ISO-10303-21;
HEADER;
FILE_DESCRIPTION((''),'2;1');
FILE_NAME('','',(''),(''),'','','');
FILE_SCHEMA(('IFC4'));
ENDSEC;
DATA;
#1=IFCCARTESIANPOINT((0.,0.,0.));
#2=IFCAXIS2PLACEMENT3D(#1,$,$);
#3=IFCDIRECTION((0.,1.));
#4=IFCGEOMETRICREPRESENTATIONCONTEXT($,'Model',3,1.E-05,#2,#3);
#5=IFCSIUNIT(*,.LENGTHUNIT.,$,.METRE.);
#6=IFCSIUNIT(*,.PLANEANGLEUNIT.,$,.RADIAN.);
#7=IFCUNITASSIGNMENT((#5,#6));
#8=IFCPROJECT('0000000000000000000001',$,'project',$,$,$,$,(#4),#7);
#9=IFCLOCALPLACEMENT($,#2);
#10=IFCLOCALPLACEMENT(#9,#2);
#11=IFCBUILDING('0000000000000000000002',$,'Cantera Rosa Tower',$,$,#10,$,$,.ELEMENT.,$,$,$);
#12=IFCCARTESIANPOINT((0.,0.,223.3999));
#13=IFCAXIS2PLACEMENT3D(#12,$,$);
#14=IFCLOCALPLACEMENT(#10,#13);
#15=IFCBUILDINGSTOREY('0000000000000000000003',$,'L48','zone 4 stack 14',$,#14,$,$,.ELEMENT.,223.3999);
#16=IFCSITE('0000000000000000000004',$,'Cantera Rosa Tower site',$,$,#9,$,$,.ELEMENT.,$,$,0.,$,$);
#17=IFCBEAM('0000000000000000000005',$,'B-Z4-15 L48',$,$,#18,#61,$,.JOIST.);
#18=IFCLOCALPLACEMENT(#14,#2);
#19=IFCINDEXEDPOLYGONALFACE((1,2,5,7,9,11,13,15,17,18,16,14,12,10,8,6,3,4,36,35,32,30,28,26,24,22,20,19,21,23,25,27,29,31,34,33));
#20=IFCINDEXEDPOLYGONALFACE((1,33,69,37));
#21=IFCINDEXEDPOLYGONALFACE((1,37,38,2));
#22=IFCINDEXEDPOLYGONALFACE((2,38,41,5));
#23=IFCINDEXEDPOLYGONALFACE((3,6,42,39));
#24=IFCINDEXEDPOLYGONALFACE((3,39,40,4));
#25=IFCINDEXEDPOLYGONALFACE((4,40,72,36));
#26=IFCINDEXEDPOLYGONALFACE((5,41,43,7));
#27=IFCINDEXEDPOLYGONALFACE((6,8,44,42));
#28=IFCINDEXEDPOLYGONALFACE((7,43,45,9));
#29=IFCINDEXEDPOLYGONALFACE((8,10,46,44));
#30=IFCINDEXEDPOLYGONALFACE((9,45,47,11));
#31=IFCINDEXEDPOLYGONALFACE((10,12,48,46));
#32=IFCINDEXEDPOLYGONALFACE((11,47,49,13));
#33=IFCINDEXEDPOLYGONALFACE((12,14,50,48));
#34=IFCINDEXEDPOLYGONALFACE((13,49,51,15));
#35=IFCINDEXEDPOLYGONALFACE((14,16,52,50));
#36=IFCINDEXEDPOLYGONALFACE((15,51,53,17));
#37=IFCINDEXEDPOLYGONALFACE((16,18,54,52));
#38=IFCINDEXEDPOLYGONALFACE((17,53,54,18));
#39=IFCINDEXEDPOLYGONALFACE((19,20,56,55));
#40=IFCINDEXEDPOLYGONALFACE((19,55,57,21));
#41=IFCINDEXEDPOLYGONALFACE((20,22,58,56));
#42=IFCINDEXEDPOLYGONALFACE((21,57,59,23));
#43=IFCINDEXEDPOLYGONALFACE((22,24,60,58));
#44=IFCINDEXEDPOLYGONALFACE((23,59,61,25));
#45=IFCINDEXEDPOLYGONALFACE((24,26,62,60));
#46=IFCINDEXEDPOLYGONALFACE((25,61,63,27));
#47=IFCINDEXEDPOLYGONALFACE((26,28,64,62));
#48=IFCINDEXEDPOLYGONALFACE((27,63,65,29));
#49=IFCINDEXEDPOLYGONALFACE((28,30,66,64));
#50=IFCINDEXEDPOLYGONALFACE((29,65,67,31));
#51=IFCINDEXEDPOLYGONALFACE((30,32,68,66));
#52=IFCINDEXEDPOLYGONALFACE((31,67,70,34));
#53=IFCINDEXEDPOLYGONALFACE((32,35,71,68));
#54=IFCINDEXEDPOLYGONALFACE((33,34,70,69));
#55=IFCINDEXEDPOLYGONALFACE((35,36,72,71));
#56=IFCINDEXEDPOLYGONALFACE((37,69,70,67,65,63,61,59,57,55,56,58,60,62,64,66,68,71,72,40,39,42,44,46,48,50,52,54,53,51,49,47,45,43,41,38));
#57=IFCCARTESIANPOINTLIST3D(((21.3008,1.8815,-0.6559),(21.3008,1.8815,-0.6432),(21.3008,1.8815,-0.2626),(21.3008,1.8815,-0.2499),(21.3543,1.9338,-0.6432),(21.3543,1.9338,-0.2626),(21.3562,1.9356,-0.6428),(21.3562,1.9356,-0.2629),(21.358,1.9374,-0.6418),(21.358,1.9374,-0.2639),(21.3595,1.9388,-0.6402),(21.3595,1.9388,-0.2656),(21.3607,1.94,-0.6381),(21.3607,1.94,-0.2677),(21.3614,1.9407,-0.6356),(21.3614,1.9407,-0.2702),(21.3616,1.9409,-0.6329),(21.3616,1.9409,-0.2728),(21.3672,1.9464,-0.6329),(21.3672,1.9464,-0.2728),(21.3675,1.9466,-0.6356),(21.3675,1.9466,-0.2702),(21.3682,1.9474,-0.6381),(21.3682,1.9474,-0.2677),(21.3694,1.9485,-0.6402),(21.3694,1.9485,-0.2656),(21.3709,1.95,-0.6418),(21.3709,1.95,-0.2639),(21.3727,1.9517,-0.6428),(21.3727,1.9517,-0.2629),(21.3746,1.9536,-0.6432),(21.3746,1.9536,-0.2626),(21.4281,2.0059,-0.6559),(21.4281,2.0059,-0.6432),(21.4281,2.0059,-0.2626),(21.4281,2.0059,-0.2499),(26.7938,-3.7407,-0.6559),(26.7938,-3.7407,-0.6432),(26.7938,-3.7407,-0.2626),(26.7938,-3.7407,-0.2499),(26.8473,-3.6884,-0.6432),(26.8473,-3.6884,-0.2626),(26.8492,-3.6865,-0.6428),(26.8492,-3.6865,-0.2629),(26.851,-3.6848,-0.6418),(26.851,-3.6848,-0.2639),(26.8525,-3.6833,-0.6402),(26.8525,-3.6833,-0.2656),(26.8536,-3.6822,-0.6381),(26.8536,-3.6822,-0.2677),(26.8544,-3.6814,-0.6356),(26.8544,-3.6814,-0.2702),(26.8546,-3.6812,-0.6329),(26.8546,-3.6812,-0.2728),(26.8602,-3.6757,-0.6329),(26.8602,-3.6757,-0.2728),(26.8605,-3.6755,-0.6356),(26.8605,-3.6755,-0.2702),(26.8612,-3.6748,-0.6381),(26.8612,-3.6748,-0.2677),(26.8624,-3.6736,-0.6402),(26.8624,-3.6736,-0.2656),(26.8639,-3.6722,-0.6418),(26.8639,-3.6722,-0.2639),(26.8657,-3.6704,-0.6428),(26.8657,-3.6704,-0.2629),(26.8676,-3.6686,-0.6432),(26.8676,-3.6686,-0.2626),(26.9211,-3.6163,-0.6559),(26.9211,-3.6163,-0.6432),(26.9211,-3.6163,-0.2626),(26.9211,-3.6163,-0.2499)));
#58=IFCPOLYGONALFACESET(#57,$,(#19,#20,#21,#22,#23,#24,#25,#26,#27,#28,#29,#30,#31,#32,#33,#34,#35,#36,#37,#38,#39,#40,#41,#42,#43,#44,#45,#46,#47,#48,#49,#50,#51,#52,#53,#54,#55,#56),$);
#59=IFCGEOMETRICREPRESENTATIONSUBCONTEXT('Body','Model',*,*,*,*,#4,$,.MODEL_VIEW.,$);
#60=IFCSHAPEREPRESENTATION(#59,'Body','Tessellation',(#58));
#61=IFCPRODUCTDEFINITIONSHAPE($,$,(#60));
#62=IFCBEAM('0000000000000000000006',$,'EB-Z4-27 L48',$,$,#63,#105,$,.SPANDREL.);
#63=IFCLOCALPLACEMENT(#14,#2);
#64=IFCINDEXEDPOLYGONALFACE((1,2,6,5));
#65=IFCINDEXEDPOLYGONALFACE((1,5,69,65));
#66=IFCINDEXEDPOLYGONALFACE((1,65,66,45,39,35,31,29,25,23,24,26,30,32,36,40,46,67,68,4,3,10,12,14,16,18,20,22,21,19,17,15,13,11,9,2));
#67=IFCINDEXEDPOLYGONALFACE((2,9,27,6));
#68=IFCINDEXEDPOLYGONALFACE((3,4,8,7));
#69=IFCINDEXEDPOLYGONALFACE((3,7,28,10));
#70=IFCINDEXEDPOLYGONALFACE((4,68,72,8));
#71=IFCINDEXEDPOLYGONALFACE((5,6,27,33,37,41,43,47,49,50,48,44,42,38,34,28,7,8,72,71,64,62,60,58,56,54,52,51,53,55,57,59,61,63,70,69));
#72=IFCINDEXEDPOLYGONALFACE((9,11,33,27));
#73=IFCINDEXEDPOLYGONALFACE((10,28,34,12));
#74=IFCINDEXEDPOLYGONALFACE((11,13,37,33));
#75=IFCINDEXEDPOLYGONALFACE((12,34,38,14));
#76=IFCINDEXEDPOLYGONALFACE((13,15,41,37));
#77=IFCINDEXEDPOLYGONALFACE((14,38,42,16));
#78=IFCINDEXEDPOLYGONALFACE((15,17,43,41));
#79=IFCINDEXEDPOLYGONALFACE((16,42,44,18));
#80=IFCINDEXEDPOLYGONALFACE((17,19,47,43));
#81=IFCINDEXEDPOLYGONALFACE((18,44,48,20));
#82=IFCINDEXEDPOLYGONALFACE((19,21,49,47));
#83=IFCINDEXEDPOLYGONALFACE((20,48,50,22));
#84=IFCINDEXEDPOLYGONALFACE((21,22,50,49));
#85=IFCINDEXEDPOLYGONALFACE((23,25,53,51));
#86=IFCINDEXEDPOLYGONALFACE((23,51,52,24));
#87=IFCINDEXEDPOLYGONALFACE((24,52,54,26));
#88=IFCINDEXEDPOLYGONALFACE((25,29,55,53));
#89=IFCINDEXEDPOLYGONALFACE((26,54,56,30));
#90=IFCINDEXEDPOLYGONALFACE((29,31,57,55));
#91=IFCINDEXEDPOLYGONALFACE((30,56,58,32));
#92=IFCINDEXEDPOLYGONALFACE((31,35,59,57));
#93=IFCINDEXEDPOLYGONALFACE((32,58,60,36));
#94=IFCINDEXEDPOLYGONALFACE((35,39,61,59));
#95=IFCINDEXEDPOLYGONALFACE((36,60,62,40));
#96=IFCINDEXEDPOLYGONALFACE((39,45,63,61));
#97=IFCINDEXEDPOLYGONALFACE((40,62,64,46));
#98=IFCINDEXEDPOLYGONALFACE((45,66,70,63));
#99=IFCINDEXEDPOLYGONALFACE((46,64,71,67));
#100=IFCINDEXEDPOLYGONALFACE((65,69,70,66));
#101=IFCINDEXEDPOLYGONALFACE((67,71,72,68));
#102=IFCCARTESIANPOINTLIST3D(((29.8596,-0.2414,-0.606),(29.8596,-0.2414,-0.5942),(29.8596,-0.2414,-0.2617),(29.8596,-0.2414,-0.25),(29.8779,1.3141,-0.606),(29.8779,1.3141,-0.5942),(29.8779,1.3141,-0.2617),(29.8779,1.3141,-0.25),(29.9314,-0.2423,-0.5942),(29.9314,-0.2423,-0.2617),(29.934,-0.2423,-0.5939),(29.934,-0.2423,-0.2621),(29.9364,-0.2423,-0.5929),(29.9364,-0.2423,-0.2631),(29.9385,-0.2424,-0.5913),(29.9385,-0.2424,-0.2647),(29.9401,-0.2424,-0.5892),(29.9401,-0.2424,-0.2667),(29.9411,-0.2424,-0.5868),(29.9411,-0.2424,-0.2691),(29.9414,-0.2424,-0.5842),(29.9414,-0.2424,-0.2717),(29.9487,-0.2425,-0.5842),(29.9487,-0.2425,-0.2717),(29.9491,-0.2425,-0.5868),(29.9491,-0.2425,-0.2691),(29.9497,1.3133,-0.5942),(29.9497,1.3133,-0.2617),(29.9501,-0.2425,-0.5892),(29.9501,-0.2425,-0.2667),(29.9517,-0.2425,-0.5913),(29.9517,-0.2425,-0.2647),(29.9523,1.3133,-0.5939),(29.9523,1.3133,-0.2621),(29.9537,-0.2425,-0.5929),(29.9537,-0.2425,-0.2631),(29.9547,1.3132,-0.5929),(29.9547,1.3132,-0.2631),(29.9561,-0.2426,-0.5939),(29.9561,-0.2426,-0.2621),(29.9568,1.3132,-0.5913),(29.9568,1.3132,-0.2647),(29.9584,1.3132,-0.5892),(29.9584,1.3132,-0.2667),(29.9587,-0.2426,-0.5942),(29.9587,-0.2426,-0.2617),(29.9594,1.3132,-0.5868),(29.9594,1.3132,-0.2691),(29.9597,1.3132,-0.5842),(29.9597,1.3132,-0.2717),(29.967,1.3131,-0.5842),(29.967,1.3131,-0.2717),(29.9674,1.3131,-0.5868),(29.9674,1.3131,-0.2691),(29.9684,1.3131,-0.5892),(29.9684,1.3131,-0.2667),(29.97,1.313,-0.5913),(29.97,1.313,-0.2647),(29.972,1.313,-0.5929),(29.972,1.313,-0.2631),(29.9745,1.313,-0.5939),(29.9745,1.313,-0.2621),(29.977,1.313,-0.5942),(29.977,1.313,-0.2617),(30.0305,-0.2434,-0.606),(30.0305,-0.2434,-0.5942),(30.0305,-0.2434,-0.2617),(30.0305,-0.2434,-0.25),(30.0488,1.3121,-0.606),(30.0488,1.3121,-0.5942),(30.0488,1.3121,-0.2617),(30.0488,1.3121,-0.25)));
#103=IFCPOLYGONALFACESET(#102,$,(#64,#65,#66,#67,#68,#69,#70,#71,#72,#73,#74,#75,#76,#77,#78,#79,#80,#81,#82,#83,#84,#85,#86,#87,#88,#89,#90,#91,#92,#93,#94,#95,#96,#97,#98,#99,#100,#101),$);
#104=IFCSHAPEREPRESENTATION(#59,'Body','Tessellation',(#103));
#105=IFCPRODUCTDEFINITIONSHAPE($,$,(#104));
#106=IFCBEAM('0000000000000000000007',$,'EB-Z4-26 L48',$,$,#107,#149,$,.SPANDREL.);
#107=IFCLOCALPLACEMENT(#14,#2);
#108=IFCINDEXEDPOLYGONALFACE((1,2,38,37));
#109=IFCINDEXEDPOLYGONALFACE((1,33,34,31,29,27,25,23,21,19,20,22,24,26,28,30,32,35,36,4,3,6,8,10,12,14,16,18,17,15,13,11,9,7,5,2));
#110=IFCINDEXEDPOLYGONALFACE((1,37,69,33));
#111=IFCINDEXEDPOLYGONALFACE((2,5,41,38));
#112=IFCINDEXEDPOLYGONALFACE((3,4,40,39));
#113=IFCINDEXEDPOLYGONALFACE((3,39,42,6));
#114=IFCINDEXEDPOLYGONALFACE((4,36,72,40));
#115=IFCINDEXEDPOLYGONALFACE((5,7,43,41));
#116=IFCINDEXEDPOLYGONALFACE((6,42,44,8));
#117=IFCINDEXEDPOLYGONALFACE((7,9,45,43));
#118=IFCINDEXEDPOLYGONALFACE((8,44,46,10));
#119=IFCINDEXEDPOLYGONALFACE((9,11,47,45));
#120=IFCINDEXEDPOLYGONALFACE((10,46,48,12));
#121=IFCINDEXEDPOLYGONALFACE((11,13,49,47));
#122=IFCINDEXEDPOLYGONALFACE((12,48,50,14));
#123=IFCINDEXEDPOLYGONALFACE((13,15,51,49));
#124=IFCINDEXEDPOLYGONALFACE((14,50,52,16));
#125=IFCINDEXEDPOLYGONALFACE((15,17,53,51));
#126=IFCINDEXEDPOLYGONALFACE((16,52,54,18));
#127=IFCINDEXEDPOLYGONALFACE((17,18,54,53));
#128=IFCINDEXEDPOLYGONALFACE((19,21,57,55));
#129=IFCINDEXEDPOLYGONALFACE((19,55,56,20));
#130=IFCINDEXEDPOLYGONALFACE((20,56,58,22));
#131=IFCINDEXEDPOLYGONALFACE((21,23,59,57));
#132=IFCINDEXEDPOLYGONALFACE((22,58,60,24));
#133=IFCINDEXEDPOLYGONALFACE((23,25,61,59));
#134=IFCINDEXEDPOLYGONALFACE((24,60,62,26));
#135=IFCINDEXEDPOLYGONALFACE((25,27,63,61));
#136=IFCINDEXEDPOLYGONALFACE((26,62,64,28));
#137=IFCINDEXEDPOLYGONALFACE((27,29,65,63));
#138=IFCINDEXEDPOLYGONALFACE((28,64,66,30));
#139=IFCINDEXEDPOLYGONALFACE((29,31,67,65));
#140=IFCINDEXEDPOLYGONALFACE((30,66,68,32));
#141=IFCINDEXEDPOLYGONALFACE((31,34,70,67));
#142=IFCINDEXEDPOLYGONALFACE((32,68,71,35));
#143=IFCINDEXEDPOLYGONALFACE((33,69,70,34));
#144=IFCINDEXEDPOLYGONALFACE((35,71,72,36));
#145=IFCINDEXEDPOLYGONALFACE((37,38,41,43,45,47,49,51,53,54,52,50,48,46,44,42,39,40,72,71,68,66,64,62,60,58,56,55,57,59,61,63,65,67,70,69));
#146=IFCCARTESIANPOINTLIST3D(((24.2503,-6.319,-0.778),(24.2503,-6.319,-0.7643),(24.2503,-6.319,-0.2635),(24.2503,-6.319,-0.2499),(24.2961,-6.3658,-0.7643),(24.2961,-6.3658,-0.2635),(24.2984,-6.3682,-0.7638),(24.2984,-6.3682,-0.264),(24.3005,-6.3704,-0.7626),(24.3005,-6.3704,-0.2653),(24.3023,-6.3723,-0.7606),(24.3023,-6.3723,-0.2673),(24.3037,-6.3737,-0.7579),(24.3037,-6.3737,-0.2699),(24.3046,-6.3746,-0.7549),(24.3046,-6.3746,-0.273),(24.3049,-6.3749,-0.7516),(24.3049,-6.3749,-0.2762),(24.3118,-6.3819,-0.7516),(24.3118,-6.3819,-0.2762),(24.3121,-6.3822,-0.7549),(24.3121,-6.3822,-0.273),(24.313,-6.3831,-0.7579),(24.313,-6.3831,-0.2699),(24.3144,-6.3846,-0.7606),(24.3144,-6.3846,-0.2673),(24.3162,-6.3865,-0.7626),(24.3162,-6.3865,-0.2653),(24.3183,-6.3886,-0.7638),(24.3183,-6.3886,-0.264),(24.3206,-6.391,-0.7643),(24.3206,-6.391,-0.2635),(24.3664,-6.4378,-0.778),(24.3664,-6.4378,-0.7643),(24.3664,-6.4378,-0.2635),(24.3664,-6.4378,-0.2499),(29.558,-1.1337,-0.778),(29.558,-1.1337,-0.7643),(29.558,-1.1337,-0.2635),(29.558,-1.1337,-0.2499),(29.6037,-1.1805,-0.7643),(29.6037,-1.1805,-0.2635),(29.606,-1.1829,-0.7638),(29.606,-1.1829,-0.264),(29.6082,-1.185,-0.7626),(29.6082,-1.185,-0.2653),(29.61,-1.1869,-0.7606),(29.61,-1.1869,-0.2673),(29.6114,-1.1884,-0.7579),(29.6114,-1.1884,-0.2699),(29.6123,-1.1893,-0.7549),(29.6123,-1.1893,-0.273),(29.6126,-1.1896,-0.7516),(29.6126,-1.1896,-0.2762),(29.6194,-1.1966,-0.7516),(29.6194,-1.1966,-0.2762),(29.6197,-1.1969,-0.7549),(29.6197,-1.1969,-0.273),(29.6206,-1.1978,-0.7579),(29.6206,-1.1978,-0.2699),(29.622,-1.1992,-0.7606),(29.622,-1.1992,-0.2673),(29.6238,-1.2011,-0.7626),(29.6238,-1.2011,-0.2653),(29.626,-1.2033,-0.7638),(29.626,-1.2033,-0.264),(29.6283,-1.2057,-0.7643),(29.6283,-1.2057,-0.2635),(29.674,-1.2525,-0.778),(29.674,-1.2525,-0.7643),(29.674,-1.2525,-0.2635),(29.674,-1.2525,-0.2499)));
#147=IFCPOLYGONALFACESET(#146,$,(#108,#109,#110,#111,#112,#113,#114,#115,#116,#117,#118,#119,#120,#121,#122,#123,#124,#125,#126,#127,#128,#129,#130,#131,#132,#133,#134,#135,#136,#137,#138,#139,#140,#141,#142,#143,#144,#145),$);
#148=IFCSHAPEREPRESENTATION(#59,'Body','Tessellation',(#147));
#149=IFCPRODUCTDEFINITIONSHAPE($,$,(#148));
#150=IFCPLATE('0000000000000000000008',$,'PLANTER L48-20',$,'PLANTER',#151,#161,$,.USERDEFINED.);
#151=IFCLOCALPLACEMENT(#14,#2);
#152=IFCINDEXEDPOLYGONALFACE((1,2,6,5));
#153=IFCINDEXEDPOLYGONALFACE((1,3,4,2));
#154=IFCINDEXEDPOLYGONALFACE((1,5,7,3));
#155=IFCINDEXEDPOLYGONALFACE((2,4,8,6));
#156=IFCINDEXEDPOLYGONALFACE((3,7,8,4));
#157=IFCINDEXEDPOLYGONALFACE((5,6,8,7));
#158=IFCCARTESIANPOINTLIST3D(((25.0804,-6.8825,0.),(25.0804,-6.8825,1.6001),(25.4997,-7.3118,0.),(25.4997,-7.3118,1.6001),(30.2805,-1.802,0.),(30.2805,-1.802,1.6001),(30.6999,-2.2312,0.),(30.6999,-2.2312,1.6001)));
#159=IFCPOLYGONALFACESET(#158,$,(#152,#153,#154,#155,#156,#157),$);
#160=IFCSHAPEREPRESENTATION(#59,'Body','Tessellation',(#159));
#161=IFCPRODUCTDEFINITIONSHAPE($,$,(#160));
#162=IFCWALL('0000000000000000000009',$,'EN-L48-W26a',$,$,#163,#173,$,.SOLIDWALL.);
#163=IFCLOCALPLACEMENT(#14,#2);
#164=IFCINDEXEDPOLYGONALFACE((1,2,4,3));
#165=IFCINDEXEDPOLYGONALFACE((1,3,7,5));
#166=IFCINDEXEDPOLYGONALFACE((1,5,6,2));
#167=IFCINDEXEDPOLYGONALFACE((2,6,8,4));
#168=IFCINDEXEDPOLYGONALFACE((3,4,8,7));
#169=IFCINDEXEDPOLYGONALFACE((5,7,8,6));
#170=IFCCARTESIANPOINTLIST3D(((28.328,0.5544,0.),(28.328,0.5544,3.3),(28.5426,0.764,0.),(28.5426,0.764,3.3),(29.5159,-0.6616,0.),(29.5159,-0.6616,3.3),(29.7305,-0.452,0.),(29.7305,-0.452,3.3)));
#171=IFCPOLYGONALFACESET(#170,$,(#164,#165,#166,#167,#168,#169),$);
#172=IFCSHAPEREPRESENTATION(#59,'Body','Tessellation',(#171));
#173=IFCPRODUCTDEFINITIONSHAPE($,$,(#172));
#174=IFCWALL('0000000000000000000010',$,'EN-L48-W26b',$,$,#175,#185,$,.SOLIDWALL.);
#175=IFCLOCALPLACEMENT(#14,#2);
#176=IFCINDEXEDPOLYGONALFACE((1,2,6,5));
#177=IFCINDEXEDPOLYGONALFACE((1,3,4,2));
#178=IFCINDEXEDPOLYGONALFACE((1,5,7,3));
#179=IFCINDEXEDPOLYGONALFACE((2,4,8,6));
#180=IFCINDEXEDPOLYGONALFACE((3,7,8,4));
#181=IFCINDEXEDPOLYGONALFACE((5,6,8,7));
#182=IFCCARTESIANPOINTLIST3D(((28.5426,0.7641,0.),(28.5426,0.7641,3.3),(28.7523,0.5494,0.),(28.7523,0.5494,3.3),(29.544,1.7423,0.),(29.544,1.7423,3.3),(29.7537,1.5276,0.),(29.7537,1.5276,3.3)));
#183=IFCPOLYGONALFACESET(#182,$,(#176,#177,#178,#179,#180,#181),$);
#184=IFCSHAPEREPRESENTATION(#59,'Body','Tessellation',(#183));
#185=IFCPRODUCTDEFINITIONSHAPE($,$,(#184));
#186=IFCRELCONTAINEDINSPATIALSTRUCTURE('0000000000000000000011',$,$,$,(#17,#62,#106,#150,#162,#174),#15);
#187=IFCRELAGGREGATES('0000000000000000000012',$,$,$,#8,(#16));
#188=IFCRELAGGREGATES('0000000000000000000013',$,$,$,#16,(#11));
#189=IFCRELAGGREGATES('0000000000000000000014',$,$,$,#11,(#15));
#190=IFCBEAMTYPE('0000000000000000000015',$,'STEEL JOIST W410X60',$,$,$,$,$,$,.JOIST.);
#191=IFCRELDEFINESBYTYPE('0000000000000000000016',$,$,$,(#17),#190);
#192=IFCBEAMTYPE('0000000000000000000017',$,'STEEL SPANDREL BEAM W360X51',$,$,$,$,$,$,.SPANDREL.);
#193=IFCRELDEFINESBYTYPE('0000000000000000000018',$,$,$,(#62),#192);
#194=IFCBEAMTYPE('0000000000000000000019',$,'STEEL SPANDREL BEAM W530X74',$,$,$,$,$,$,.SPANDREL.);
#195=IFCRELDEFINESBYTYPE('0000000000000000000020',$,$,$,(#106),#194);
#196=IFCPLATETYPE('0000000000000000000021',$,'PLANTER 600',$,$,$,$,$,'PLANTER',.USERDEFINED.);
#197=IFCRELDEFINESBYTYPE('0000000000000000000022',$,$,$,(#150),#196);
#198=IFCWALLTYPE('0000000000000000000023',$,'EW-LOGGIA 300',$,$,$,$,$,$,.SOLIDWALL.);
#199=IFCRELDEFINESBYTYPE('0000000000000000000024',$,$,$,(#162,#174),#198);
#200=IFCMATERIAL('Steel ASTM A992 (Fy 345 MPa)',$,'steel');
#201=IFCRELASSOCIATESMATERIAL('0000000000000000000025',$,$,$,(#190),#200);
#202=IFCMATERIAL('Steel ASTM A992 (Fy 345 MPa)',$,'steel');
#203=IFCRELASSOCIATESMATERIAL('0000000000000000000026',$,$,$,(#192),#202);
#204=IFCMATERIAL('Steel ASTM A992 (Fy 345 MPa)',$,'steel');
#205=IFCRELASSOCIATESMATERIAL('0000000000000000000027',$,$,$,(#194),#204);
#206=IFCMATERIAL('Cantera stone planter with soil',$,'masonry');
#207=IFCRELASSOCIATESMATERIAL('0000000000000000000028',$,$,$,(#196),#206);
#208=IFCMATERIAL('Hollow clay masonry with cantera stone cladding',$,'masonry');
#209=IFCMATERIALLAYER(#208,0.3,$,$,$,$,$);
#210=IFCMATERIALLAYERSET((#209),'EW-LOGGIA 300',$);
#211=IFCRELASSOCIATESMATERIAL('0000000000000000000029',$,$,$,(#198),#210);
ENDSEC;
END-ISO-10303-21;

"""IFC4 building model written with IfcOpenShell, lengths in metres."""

from ifc_helpers import new_model, si_unit, direction, frame, frame_2d, origin, origin_2d, place, context, subcontext, project, spatial, rectangle, i_section, extrude, material, layer, layer_set, material_profile, profile_set, type_object, element, save


model = new_model("IFC4")

# Units and contexts
model_context = context("Model", 3, precision=1e-05, world=origin(), true_north=direction((0.0, 1.0)))
body_context = subcontext(model_context, "Body", "Model", "MODEL_VIEW")
ifc_project = project(units=[si_unit("LENGTHUNIT", "METRE"), si_unit("PLANEANGLEUNIT", "RADIAN")], contexts=[model_context])

# Site, building, storey
site_placement = place(None, origin())
site = spatial("IfcSite", under=ifc_project, at=site_placement, Name="Cantera Rosa Tower site", CompositionType="ELEMENT", RefElevation=0.0)
building_placement = place(site_placement, origin())
building = spatial("IfcBuilding", under=site, at=building_placement, Name="Cantera Rosa Tower", CompositionType="ELEMENT")
storey_placement = place(building_placement, frame((0.0, 0.0, 223.3999)))
storey = spatial("IfcBuildingStorey", under=building, at=storey_placement, Name="L48", Description="zone 4 stack 14", CompositionType="ELEMENT", Elevation=223.3999)

# Beams
ifc_material_1 = material(Name="Steel ASTM A992 (Fy 345 MPa)", Category="steel")
ifc_material_profile_1 = material_profile(ifc_material_1, i_section(OverallWidth=0.178, OverallDepth=0.406, WebThickness=0.0078, FlangeThickness=0.0127, FilletRadius=0.0103, at=origin_2d()), Name="W410X60")
ifc_profile_set_1 = profile_set([ifc_material_profile_1], Name="Steel ASTM A992 (Fy 345 MPa)")
beam_type_1 = type_object("IfcBeamType", Name="STEEL JOIST W410X60", PredefinedType="JOIST", material=ifc_profile_set_1)
beam_1_placement = place(storey_placement, frame((26.8574, -3.6785, -0.4529), z_axis=(-0.698843, 0.715275, 0.0), x_axis=(-0.715275, -0.698843, 0.0)))
element("IfcBeam", 1, at=beam_1_placement, inside=storey, type_object=beam_type_1, Name="B-Z4-15 L48", PredefinedType="JOIST", context=body_context, shape_type="SweptSolid", body=[
    extrude(i_section(OverallWidth=0.178, OverallDepth=0.406, WebThickness=0.0078, FlangeThickness=0.0127, FilletRadius=0.0103, at=origin_2d()), origin(), (0.0, 0.0, 1.0), 7.8601),
])
ifc_material_2 = material(Name="Steel ASTM A992 (Fy 345 MPa)", Category="steel")
ifc_material_profile_2 = material_profile(ifc_material_2, i_section(OverallWidth=0.1709, OverallDepth=0.356, WebThickness=0.0073, FlangeThickness=0.0117, FilletRadius=0.01, at=origin_2d()), Name="W360X51")
ifc_profile_set_2 = profile_set([ifc_material_profile_2], Name="Steel ASTM A992 (Fy 345 MPa)")
beam_type_2 = type_object("IfcBeamType", Name="STEEL SPANDREL BEAM W360X51", PredefinedType="SPANDREL", material=ifc_profile_set_2)
beam_2_placement = place(storey_placement, frame((29.9451, -0.2424, -0.428), z_axis=(0.011769, 0.999931, 0.0), x_axis=(-0.999931, 0.011769, 0.0)))
element("IfcBeam", 2, at=beam_2_placement, inside=storey, type_object=beam_type_2, Name="EB-Z4-27 L48", PredefinedType="SPANDREL", context=body_context, shape_type="SweptSolid", body=[
    extrude(i_section(OverallWidth=0.1709, OverallDepth=0.356, WebThickness=0.0073, FlangeThickness=0.0117, FilletRadius=0.01, at=origin_2d()), origin(), (0.0, 0.0, 1.0), 1.5557),
])
ifc_material_3 = material(Name="Steel ASTM A992 (Fy 345 MPa)", Category="steel")
ifc_material_profile_3 = material_profile(ifc_material_3, i_section(OverallWidth=0.166, OverallDepth=0.5281, WebThickness=0.0098, FlangeThickness=0.0137, FilletRadius=0.0127, at=origin_2d()), Name="W530X74")
ifc_profile_set_3 = profile_set([ifc_material_profile_3], Name="Steel ASTM A992 (Fy 345 MPa)")
beam_type_3 = type_object("IfcBeamType", Name="STEEL SPANDREL BEAM W530X74", PredefinedType="SPANDREL", material=ifc_profile_set_3)
beam_3_placement = place(storey_placement, frame((24.3083, -6.3784, -0.5139), z_axis=(0.715301, 0.698817, 0.0), x_axis=(-0.698817, 0.715301, 0.0)))
element("IfcBeam", 3, at=beam_3_placement, inside=storey, type_object=beam_type_3, Name="EB-Z4-26 L48", PredefinedType="SPANDREL", context=body_context, shape_type="SweptSolid", body=[
    extrude(i_section(OverallWidth=0.166, OverallDepth=0.5281, WebThickness=0.0098, FlangeThickness=0.0137, FilletRadius=0.0127, at=origin_2d()), origin(), (0.0, 0.0, 1.0), 7.4202),
])

# Plate
ifc_material_4 = material(Name="Cantera stone planter with soil", Category="masonry")
plate_type = type_object("IfcPlateType", Name="PLANTER 600", ElementType="PLANTER", PredefinedType="USERDEFINED", material=ifc_material_4)
plate_placement = place(storey_placement, frame((27.8901, -4.5569, 0.0), z_axis=(0.0, 0.0, 1.0), x_axis=(0.715286, 0.698832, 0.0)))
element("IfcPlate", 4, at=plate_placement, inside=storey, type_object=plate_type, Name="PLANTER L48-20", ObjectType="PLANTER", PredefinedType="USERDEFINED", context=body_context, shape_type="SweptSolid", body=[
    extrude(rectangle(XDim=7.27, YDim=0.6001, at=origin_2d()), origin(), (0.0, 0.0, 1.0), 1.6001),
])

# Walls
ifc_material_5 = material(Name="Hollow clay masonry with cantera stone cladding", Category="masonry")
ifc_layer_1 = layer(ifc_material_5, 0.3)
ifc_layer_set_1 = layer_set([ifc_layer_1], Name="EW-LOGGIA 300")
wall_type_1 = type_object("IfcWallType", Name="EW-LOGGIA 300", PredefinedType="SOLIDWALL", material=ifc_layer_set_1)
wall_1_placement = place(storey_placement, frame((29.6233, -0.5569, 0.0), z_axis=(0.0, 0.0, 1.0), x_axis=(-0.698801, 0.715316, 0.0)))
element("IfcWall", 5, at=wall_1_placement, inside=storey, type_object=wall_type_1, Name="EN-L48-W26a", PredefinedType="SOLIDWALL", context=body_context, shape_type="SweptSolid", body=[
    extrude(rectangle(XDim=1.7, YDim=0.3, at=frame_2d((0.8501, 0.0))), origin(), (0.0, 0.0, 1.0), 3.3),
])
wall_2_placement = place(storey_placement, frame((28.6475, 0.6567, 0.0), z_axis=(0.0, 0.0, 1.0), x_axis=(0.715342, 0.698775, 0.0)))
element("IfcWall", 6, at=wall_2_placement, inside=storey, type_object=wall_type_1, Name="EN-L48-W26b", PredefinedType="SOLIDWALL", context=body_context, shape_type="SweptSolid", body=[
    extrude(rectangle(XDim=1.3999, YDim=0.3, at=frame_2d((0.7, 0.0))), origin(), (0.0, 0.0, 1.0), 3.3),
])

save(model, "model.ifc")
